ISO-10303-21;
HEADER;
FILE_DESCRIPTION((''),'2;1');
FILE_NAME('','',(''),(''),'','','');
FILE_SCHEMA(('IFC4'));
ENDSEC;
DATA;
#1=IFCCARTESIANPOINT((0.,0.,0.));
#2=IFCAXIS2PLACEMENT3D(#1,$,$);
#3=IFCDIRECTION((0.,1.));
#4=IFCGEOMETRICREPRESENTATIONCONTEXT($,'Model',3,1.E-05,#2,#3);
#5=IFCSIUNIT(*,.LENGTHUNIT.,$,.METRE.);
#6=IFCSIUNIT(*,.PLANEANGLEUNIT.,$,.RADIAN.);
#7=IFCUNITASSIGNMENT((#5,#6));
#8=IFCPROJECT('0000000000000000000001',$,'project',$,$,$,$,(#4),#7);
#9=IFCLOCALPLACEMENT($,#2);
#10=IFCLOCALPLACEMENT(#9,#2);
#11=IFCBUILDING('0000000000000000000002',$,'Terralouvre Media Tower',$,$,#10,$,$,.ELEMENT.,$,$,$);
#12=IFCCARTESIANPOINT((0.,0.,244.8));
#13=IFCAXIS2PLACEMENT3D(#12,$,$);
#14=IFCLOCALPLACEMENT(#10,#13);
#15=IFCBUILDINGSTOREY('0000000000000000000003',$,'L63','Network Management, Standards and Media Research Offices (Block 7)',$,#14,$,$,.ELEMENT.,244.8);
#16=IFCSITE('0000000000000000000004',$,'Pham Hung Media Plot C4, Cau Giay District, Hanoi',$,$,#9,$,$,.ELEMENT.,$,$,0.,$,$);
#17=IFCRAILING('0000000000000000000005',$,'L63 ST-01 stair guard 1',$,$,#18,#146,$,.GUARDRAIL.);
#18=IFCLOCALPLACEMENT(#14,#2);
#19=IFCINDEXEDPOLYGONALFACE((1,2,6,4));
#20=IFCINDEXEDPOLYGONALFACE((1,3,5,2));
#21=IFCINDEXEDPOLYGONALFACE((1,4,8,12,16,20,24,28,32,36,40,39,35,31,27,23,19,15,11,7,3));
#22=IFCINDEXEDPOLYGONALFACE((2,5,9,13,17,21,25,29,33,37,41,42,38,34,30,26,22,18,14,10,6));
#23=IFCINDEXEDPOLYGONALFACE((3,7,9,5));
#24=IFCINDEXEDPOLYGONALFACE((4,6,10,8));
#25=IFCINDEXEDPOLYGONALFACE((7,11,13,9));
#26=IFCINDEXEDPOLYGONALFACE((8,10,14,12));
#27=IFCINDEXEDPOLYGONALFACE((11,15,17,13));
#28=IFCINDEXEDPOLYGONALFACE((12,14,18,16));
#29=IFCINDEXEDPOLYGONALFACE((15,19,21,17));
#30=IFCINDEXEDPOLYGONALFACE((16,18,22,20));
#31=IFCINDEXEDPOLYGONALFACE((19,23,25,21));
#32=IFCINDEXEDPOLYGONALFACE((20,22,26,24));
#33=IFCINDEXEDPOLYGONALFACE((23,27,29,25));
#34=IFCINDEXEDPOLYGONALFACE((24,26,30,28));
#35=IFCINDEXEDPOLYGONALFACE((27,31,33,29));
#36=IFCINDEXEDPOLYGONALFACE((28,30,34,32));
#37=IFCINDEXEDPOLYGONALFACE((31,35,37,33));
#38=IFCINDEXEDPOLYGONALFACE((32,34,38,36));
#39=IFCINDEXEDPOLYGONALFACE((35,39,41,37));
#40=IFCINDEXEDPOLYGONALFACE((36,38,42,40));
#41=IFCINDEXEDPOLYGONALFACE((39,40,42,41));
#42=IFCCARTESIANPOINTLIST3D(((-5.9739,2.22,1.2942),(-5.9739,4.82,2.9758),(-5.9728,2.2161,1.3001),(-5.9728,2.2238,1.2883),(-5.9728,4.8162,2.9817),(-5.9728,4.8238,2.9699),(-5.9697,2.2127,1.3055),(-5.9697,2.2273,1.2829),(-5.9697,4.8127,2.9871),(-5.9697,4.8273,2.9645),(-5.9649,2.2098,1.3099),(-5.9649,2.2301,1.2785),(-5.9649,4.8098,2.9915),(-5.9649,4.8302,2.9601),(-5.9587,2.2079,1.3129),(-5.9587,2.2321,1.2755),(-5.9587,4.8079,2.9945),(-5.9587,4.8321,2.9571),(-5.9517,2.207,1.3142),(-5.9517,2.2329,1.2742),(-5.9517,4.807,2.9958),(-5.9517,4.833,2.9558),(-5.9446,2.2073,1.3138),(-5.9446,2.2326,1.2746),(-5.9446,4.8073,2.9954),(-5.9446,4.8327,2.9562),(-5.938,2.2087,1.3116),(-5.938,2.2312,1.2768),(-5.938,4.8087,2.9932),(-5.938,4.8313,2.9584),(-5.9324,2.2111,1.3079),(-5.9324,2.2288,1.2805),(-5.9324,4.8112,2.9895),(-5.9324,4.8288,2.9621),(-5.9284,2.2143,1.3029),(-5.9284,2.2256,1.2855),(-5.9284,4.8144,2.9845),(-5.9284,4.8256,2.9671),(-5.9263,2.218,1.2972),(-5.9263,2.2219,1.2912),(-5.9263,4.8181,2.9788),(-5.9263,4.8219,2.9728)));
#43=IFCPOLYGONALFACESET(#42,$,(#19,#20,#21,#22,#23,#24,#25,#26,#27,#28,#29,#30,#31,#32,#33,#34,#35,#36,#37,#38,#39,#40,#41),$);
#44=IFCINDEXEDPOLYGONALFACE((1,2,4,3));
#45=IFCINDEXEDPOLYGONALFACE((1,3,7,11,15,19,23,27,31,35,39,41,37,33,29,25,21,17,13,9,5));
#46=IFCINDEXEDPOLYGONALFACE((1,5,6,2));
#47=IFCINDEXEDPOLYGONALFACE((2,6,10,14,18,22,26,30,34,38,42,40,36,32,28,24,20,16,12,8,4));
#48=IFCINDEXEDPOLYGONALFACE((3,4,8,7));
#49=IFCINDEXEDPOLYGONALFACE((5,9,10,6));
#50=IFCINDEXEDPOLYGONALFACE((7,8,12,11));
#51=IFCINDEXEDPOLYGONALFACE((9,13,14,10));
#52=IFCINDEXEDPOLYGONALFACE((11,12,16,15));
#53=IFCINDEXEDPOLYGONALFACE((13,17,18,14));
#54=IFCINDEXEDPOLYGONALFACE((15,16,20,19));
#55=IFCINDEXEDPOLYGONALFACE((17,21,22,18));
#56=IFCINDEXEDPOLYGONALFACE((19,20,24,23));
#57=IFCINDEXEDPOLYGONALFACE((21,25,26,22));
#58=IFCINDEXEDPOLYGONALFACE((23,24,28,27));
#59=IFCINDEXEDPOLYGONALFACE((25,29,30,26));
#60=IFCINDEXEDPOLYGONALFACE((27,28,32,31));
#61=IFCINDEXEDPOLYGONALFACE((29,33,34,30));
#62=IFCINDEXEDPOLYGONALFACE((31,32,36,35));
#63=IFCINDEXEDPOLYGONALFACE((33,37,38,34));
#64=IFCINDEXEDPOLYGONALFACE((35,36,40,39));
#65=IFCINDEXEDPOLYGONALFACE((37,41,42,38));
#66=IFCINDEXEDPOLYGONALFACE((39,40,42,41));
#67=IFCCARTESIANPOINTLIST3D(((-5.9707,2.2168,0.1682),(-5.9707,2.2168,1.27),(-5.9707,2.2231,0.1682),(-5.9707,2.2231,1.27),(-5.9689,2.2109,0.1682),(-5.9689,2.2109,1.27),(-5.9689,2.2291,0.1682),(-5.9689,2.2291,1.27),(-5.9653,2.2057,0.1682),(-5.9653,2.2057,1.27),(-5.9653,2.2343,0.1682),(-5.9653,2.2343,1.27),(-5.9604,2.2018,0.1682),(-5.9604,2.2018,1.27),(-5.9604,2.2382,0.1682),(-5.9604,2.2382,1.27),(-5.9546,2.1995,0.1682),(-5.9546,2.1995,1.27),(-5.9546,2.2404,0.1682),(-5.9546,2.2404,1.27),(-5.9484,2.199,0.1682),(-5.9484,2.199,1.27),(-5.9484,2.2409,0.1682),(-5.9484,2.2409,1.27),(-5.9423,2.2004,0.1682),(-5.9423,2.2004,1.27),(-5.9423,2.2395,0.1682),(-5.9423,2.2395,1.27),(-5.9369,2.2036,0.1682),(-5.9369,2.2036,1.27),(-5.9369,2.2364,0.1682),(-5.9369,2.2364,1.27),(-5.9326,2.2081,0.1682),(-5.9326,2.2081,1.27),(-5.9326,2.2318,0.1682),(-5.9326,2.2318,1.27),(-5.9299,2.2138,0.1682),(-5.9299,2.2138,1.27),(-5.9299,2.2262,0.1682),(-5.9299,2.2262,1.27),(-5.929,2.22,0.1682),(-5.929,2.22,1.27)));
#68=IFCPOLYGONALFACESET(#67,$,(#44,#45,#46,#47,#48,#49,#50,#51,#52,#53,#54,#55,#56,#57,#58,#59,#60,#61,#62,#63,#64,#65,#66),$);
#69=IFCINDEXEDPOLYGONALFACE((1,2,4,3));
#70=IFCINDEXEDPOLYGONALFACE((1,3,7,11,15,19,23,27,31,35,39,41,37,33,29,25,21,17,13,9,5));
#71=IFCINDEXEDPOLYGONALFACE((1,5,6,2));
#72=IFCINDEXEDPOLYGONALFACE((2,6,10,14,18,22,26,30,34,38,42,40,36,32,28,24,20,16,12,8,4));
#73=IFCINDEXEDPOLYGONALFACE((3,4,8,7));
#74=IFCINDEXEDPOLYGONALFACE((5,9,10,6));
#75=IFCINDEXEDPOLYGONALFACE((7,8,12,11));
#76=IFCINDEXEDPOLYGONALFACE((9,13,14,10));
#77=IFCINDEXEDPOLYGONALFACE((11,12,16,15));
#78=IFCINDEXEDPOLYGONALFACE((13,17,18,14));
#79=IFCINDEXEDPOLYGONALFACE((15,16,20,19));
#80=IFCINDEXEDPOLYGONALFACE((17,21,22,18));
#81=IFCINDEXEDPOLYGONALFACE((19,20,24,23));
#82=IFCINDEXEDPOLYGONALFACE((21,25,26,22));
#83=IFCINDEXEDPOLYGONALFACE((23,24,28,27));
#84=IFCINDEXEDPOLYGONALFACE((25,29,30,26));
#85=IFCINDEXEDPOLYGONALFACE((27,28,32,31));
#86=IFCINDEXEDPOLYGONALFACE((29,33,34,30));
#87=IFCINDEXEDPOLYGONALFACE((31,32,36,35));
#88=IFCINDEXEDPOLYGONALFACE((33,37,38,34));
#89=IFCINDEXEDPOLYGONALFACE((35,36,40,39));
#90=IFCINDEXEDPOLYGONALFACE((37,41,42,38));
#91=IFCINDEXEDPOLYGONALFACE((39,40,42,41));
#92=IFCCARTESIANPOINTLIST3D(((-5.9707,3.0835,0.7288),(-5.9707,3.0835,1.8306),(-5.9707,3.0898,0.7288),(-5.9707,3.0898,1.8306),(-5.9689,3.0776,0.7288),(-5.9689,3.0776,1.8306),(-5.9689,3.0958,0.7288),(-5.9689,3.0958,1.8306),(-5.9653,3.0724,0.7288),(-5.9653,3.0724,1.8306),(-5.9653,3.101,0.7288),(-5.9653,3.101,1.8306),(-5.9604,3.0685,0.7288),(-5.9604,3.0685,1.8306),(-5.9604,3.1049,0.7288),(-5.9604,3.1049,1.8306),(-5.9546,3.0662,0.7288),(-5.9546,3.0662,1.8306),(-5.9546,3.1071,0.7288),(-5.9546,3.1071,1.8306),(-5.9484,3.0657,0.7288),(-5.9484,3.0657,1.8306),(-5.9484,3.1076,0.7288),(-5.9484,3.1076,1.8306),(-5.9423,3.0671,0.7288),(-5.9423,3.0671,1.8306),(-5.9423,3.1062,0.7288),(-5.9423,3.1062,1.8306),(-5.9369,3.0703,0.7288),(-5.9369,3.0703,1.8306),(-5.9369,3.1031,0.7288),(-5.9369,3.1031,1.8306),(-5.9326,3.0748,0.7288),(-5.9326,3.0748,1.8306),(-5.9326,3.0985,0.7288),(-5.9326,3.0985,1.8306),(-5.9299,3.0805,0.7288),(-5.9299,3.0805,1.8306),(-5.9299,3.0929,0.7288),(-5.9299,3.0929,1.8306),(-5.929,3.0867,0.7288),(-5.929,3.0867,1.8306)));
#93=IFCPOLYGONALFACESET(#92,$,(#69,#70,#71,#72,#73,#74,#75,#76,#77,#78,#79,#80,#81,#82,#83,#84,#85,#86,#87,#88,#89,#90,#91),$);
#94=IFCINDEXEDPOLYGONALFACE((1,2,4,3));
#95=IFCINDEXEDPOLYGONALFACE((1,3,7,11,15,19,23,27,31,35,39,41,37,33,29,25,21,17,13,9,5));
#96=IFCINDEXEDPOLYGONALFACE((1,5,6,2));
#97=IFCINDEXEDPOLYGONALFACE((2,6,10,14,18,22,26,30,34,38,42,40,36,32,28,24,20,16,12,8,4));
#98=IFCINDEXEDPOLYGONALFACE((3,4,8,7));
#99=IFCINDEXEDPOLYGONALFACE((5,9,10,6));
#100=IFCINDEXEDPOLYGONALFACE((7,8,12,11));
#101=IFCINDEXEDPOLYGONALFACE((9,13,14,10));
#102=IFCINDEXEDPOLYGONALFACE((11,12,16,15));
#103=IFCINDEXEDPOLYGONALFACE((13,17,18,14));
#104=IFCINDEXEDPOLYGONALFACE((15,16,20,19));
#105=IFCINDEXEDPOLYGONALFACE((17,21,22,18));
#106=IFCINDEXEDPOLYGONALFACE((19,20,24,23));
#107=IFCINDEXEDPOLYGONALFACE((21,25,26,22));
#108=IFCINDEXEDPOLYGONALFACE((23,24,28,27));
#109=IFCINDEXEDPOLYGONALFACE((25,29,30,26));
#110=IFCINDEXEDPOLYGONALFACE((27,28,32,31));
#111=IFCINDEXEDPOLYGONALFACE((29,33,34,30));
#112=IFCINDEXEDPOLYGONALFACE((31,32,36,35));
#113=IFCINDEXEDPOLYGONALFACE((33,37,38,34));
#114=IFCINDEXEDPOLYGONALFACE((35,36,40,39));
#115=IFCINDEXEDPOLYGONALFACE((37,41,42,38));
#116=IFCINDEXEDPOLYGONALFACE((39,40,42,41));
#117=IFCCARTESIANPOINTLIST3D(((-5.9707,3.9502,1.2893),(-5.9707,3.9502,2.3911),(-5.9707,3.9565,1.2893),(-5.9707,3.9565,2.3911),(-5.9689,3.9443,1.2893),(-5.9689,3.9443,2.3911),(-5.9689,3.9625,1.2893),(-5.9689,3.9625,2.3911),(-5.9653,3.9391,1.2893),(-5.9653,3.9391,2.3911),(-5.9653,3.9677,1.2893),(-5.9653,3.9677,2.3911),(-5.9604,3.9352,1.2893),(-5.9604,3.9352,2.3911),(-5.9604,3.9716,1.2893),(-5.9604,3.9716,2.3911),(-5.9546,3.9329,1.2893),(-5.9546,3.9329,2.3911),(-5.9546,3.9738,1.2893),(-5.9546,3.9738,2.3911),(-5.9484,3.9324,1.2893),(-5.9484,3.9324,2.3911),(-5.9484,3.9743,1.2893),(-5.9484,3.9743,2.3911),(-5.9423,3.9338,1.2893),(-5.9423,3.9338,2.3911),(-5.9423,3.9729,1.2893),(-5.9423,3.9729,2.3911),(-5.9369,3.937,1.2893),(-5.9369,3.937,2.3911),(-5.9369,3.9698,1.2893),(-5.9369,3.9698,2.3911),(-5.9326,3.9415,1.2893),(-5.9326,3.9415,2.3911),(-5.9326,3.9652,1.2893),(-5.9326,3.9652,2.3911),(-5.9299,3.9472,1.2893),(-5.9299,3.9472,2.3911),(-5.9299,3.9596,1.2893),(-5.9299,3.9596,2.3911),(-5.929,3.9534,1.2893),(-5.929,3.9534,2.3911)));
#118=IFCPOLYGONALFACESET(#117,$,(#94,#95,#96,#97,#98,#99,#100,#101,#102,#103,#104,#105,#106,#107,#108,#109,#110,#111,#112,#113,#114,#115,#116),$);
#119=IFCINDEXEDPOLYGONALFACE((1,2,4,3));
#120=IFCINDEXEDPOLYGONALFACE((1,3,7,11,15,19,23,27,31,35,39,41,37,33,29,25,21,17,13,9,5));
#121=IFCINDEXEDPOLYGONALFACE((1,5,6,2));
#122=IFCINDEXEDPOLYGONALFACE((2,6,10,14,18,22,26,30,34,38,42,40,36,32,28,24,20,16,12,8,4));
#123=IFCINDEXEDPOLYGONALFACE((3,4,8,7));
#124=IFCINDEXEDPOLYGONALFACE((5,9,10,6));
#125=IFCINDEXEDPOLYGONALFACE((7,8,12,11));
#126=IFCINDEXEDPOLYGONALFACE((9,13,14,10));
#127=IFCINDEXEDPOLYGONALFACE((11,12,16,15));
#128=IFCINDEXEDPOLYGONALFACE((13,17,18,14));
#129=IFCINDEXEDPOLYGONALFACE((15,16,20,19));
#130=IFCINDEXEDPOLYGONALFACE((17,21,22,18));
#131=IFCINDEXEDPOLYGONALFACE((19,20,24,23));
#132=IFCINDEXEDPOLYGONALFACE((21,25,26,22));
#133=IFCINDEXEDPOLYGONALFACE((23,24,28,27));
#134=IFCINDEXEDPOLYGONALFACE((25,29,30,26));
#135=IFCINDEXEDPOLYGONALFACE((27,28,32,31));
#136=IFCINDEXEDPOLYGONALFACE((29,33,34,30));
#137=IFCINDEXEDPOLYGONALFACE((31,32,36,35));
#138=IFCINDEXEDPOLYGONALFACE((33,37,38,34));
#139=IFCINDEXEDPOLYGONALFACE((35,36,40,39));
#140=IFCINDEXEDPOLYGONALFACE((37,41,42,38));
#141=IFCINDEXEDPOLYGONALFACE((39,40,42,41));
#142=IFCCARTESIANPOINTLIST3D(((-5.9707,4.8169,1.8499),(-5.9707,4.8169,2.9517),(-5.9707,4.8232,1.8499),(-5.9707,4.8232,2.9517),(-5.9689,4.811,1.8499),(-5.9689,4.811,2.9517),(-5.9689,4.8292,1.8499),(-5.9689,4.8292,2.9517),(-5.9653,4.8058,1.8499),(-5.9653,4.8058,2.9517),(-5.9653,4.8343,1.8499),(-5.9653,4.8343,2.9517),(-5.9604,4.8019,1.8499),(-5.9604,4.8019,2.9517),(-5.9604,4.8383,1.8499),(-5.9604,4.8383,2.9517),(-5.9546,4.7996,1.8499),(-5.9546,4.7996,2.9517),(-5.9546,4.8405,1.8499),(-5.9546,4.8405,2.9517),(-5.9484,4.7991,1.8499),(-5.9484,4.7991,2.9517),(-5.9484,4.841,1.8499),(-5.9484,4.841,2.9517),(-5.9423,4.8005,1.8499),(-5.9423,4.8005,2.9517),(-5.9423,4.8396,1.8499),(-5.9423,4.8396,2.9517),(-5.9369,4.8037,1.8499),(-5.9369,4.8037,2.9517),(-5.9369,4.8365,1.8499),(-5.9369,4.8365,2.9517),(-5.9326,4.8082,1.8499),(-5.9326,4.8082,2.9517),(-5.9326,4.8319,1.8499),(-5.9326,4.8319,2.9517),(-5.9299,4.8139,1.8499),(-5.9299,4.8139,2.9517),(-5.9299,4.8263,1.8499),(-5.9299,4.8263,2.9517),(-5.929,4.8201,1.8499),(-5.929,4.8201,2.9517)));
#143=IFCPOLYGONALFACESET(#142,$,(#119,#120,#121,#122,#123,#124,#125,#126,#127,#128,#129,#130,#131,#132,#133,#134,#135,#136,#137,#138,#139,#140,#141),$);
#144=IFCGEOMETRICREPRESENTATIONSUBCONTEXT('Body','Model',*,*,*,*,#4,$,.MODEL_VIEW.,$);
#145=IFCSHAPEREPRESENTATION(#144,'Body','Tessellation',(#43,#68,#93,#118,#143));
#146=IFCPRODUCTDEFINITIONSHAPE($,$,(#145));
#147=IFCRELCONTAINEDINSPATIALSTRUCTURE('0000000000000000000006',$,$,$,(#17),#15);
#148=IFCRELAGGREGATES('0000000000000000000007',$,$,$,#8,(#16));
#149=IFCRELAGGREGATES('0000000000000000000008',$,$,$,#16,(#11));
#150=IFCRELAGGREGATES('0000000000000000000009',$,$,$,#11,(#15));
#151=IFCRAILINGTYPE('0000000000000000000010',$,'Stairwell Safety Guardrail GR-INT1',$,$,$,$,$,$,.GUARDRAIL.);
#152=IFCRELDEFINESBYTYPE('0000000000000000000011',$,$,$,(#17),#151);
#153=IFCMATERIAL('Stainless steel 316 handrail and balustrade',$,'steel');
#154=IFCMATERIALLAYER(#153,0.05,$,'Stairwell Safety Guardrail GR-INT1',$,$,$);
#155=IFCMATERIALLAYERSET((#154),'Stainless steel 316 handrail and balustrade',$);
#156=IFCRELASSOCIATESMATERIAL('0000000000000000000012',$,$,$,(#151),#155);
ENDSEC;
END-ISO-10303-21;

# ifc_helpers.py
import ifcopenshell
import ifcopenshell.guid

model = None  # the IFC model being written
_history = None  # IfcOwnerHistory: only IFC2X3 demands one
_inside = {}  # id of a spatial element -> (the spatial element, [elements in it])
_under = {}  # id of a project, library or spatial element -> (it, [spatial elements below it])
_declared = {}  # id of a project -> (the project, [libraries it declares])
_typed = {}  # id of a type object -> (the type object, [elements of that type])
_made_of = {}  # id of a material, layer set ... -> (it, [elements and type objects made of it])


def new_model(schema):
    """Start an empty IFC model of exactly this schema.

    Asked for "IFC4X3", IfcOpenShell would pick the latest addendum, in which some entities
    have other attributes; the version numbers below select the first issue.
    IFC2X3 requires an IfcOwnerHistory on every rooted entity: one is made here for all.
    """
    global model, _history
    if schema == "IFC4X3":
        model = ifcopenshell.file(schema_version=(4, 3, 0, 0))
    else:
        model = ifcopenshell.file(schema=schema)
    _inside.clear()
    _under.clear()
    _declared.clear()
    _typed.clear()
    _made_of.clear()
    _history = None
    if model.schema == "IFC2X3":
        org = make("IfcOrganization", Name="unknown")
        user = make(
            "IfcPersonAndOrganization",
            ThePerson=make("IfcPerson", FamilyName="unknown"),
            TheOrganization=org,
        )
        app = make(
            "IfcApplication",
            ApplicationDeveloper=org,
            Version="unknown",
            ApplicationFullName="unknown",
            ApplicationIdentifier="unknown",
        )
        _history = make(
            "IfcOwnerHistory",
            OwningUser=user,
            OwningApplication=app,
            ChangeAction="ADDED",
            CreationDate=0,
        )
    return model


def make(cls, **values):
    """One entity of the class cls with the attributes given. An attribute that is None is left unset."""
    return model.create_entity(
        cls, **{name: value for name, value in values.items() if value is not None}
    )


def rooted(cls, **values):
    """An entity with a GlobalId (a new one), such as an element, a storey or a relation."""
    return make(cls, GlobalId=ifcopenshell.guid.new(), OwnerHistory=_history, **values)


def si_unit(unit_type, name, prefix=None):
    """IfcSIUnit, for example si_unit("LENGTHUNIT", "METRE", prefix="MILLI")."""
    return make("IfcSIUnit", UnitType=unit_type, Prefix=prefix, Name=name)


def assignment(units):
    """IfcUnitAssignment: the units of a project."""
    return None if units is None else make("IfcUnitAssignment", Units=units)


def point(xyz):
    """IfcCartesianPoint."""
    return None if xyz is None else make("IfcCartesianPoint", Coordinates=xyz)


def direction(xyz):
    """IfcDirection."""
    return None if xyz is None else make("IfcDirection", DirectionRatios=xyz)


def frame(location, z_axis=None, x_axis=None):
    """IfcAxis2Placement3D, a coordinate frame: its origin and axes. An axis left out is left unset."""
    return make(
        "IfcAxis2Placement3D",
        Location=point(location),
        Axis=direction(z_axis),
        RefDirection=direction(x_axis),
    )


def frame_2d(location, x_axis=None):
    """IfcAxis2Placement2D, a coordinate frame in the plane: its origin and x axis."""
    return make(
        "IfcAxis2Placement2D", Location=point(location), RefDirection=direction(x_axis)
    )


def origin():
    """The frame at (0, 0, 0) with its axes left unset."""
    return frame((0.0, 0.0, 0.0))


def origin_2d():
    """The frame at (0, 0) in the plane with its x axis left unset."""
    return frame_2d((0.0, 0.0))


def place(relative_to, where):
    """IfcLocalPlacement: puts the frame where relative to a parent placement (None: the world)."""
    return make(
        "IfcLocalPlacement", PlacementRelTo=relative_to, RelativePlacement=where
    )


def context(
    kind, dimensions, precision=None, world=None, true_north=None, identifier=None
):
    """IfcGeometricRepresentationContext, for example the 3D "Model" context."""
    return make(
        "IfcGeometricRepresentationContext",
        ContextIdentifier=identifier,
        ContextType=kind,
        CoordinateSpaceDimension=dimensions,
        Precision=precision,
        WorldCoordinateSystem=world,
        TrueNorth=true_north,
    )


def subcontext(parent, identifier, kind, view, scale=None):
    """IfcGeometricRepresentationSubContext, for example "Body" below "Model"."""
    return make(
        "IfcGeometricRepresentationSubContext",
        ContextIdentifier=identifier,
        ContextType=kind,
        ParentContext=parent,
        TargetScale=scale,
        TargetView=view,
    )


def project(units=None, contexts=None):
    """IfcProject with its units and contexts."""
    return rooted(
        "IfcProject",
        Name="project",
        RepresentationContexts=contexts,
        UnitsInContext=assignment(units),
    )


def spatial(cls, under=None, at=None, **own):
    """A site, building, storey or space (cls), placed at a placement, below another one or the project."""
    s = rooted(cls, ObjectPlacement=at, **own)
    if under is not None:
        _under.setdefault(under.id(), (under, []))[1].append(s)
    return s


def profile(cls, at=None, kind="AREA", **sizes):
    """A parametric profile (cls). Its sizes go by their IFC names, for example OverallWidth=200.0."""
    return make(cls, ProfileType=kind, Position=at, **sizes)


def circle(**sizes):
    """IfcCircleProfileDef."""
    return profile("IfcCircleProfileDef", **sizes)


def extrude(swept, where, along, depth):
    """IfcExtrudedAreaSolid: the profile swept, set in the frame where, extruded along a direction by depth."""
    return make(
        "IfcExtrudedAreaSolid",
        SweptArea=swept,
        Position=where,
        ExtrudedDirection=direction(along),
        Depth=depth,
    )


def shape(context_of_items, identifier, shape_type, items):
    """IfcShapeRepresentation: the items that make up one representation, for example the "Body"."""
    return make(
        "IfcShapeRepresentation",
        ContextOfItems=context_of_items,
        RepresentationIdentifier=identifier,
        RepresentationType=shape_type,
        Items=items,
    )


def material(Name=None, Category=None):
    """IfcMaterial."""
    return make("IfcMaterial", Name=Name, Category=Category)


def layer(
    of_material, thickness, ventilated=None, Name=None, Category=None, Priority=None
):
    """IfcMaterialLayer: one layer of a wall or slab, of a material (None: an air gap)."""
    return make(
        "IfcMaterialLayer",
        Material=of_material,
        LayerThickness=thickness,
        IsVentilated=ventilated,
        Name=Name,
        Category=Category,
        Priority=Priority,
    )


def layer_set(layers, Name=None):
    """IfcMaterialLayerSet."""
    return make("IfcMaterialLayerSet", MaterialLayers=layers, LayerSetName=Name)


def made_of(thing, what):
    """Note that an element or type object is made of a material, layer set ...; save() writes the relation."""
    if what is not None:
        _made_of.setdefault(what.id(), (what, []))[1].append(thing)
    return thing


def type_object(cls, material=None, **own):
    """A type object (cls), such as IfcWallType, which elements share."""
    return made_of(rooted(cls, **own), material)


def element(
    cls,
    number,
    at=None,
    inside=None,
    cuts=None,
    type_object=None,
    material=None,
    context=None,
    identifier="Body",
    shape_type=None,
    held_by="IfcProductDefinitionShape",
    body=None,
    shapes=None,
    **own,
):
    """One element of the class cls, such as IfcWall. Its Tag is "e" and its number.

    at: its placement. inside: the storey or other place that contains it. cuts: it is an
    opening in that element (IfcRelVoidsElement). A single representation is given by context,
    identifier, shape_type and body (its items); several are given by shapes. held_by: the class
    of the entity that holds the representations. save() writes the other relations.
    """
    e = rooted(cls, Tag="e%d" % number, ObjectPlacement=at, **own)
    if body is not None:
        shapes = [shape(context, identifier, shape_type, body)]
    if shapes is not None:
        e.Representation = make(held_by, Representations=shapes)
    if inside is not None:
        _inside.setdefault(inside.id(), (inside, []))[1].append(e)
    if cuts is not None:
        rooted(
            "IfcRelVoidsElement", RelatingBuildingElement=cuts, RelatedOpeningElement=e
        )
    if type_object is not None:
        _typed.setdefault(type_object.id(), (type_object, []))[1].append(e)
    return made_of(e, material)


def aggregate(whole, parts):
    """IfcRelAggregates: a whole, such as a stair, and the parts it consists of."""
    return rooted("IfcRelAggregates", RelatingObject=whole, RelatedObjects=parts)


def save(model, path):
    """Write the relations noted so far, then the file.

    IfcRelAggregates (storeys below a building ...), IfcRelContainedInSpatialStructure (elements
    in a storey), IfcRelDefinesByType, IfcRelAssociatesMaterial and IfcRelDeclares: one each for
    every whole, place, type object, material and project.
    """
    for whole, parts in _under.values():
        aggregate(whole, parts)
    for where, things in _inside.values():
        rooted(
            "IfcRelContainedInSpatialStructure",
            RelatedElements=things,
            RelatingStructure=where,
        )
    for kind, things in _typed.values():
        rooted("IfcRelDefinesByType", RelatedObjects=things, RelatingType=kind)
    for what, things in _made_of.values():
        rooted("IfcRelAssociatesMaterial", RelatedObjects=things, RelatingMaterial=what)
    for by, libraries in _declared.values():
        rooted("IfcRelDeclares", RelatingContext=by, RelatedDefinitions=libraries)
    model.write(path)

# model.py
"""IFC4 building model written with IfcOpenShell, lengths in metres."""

from ifc_helpers import new_model, si_unit, direction, frame, origin, origin_2d, place, context, subcontext, project, spatial, circle, extrude, material, layer, layer_set, type_object, element, save


model = new_model("IFC4")

# Units and contexts
model_context = context("Model", 3, precision=1e-05, world=origin(), true_north=direction((0.0, 1.0)))
body_context = subcontext(model_context, "Body", "Model", "MODEL_VIEW")
ifc_project = project(units=[si_unit("LENGTHUNIT", "METRE"), si_unit("PLANEANGLEUNIT", "RADIAN")], contexts=[model_context])

# Site, building, storey
site_placement = place(None, origin())
site = spatial("IfcSite", under=ifc_project, at=site_placement, Name="Pham Hung Media Plot C4, Cau Giay District, Hanoi", CompositionType="ELEMENT", RefElevation=0.0)
building_placement = place(site_placement, origin())
building = spatial("IfcBuilding", under=site, at=building_placement, Name="Terralouvre Media Tower", CompositionType="ELEMENT")
storey_placement = place(building_placement, frame((0.0, 0.0, 244.8)))
storey = spatial("IfcBuildingStorey", under=building, at=storey_placement, Name="L63", Description="Network Management, Standards and Media Research Offices (Block 7)", CompositionType="ELEMENT", Elevation=244.8)

# Railing
ifc_material_1 = material(Name="Stainless steel 316 handrail and balustrade", Category="steel")
ifc_layer_1 = layer(ifc_material_1, 0.05, Name="Stairwell Safety Guardrail GR-INT1")
ifc_layer_set_1 = layer_set([ifc_layer_1], Name="Stainless steel 316 handrail and balustrade")
railing_type_1 = type_object("IfcRailingType", Name="Stairwell Safety Guardrail GR-INT1", PredefinedType="GUARDRAIL", material=ifc_layer_set_1)
railing_1_placement = place(storey_placement, frame((-5.95, 2.22, 0.1682)))
element("IfcRailing", 1, at=railing_1_placement, inside=storey, type_object=railing_type_1, Name="L63 ST-01 stair guard 1", PredefinedType="GUARDRAIL", context=body_context, shape_type="SweptSolid", body=[
    extrude(circle(Radius=0.0239, at=origin_2d()), frame((0.0, 0.0, 1.126), z_axis=(0.0, 0.839684, 0.543075), x_axis=(-1.0, 0.0, 0.0)), (0.0, 0.0, 1.0), 3.0964),
    extrude(circle(Radius=0.021, at=origin_2d()), origin(), (0.0, 0.0, 1.0), 1.1018),
    extrude(circle(Radius=0.021, at=origin_2d()), frame((0.0, 0.8667, 0.5605)), (0.0, 0.0, 1.0), 1.1018),
    extrude(circle(Radius=0.021, at=origin_2d()), frame((0.0, 1.7334, 1.1211)), (0.0, 0.0, 1.0), 1.1018),
    extrude(circle(Radius=0.021, at=origin_2d()), frame((0.0, 2.6001, 1.6816)), (0.0, 0.0, 1.0), 1.1018),
])

save(model, "model.ifc")
